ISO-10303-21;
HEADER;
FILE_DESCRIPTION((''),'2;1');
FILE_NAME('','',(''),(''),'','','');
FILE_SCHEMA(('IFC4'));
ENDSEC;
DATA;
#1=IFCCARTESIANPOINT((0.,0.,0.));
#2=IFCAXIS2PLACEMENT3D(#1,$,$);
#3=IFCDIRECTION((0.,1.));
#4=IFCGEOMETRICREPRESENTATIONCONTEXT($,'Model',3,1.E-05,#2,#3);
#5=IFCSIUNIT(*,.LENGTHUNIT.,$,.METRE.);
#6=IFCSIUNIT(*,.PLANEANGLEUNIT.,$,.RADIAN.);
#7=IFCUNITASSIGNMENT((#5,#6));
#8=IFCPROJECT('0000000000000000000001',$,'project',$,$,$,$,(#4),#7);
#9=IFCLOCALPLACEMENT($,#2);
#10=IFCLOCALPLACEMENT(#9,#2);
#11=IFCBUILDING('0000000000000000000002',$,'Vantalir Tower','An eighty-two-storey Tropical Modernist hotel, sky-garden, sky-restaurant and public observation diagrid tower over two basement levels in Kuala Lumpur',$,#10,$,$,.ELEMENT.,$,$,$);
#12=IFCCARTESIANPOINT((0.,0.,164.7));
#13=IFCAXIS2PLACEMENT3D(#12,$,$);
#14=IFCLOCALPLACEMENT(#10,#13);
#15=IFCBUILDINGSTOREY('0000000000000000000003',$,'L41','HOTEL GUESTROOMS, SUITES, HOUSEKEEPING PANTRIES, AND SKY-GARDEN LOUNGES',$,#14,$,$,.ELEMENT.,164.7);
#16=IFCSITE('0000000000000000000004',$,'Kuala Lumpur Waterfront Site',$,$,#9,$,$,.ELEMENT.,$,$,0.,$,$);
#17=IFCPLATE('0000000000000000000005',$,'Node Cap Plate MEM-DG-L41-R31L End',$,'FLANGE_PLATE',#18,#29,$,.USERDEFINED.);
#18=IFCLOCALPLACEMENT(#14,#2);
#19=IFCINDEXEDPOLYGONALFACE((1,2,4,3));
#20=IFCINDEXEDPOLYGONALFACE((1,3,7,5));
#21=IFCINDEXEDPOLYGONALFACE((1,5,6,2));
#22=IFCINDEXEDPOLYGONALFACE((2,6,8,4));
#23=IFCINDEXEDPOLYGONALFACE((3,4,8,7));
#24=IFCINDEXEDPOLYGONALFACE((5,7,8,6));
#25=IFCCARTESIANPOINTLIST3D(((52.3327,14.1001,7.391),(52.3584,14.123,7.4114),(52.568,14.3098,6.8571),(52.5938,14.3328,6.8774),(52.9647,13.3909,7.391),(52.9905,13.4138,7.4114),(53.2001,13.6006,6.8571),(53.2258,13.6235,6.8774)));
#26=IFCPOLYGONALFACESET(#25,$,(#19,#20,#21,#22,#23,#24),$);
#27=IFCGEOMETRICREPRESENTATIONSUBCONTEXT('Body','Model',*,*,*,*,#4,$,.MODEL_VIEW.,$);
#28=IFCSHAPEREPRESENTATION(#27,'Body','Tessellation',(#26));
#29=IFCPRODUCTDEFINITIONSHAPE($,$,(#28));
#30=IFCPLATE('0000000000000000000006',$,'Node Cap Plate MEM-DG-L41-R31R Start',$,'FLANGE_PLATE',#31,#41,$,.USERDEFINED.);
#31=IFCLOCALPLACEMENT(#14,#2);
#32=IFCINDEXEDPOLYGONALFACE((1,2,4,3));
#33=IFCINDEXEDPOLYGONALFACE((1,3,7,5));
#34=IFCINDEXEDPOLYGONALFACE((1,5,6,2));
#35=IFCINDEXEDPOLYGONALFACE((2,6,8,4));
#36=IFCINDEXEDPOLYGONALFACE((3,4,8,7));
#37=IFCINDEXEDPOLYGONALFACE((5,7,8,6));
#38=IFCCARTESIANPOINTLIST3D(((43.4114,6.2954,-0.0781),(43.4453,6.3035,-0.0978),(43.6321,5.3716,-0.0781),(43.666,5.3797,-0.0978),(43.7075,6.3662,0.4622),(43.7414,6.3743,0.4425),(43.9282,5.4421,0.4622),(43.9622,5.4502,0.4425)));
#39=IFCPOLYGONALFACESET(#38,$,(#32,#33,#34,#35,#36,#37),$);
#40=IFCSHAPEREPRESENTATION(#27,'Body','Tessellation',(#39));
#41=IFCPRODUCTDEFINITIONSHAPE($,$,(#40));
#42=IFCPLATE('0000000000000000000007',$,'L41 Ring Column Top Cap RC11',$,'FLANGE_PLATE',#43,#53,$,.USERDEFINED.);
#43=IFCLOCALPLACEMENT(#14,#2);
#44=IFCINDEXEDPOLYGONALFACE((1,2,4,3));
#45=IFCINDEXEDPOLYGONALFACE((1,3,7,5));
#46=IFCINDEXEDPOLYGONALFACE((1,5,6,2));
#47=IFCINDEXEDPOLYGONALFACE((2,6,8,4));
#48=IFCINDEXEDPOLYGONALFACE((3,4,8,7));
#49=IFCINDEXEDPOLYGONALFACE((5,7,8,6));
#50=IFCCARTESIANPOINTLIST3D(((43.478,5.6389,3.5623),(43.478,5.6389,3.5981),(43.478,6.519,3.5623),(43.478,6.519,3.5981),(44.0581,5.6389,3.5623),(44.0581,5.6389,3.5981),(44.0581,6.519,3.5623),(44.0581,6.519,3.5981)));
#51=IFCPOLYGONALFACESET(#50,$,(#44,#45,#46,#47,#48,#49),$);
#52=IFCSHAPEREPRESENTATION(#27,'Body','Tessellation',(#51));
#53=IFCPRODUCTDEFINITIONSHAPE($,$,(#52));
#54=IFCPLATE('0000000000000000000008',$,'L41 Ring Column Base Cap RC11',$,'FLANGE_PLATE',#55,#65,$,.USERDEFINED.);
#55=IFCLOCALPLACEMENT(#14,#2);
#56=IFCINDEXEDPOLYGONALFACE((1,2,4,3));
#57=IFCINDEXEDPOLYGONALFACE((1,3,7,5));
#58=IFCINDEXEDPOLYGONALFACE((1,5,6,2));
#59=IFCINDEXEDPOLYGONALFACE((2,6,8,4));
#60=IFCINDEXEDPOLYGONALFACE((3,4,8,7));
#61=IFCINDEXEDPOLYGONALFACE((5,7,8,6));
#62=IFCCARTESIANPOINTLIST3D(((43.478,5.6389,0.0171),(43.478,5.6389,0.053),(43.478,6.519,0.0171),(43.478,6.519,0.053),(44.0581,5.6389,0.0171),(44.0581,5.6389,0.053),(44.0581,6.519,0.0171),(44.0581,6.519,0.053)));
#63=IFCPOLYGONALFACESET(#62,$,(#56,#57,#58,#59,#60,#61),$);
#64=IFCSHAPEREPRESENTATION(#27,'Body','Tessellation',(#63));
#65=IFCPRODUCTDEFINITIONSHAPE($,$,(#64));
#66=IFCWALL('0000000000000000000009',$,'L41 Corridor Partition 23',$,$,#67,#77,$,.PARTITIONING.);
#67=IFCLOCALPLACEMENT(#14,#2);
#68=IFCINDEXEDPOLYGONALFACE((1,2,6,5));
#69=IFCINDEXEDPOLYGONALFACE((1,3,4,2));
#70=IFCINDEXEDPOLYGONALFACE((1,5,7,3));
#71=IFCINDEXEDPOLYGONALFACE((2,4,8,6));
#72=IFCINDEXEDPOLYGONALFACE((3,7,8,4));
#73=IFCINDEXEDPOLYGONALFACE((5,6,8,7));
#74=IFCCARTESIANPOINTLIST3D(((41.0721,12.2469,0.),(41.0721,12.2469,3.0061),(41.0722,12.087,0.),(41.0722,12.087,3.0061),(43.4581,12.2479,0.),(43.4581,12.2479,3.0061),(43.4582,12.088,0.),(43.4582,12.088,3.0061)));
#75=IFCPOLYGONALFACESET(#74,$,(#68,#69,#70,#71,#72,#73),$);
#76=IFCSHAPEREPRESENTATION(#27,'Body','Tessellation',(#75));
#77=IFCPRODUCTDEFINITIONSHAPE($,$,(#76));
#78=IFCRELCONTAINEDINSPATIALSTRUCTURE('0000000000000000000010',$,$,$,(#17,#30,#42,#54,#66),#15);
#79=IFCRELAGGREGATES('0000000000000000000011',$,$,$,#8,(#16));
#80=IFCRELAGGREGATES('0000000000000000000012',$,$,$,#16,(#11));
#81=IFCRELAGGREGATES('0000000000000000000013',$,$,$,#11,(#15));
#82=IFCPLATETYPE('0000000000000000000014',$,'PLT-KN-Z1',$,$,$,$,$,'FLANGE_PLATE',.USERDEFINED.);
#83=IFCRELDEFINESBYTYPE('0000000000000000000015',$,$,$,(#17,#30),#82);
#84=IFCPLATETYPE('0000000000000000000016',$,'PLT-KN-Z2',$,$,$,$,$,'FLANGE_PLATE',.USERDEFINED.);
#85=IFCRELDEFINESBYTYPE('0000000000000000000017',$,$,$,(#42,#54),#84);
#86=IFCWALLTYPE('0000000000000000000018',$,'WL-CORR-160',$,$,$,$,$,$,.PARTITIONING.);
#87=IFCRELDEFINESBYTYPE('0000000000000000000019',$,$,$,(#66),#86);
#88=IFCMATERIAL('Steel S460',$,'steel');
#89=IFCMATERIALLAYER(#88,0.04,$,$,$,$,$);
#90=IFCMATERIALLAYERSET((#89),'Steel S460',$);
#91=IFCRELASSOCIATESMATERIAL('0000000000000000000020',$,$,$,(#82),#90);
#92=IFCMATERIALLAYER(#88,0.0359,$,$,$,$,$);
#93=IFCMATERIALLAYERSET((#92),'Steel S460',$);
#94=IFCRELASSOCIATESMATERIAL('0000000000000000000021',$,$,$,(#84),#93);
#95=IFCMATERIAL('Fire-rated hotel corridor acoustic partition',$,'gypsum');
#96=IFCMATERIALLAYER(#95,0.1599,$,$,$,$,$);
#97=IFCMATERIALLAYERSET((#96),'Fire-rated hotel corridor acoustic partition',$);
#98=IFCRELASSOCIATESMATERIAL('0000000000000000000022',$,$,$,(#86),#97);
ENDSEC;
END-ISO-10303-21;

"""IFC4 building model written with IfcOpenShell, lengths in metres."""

from ifc_helpers import new_model, si_unit, direction, frame, frame_2d, origin, place, context, subcontext, project, spatial, polyline, rectangle, outline, extrude, material, layer, layer_set, type_object, element, save


model = new_model("IFC4")

# Units and contexts
model_context = context("Model", 3, precision=1e-05, world=origin(), true_north=direction((0.0, 1.0)))
body_context = subcontext(model_context, "Body", "Model", "MODEL_VIEW")
ifc_project = project(units=[si_unit("LENGTHUNIT", "METRE"), si_unit("PLANEANGLEUNIT", "RADIAN")], contexts=[model_context])

# Site, building, storey
site_placement = place(None, origin())
site = spatial("IfcSite", under=ifc_project, at=site_placement, Name="Kuala Lumpur Waterfront Site", CompositionType="ELEMENT", RefElevation=0.0)
building_placement = place(site_placement, origin())
building = spatial("IfcBuilding", under=site, at=building_placement, Name="Vantalir Tower", Description="An eighty-two-storey Tropical Modernist hotel, sky-garden, sky-restaurant and public observation diagrid tower over two basement levels in Kuala Lumpur", CompositionType="ELEMENT")
storey_placement = place(building_placement, frame((0.0, 0.0, 164.7)))
storey = spatial("IfcBuildingStorey", under=building, at=storey_placement, Name="L41", Description="HOTEL GUESTROOMS, SUITES, HOUSEKEEPING PANTRIES, AND SKY-GARDEN LOUNGES", CompositionType="ELEMENT", Elevation=164.7)

# Shared definitions
ifc_material_1 = material(Name="Steel S460", Category="steel")

# Plates
ifc_layer_1 = layer(ifc_material_1, 0.04)
ifc_layer_set_1 = layer_set([ifc_layer_1], Name="Steel S460")
plate_type_1 = type_object("IfcPlateType", Name="PLT-KN-Z1", ElementType="FLANGE_PLATE", PredefinedType="USERDEFINED", material=ifc_layer_set_1)
for number, where, z_axis, x_axis, name in (
    (1, (53.2258, 13.6235, 6.8774), (0.642864, 0.572935, 0.508401), (-0.665336, 0.746544, 0.0), "Node Cap Plate MEM-DG-L41-R31L End"),
):
    element("IfcPlate", number, at=place(storey_placement, frame(where, z_axis=z_axis, x_axis=x_axis)), inside=storey, type_object=plate_type_1, Name=name, ObjectType="FLANGE_PLATE", PredefinedType="USERDEFINED", context=body_context, shape_type="SweptSolid", body=[
        extrude(outline(polyline([(0.0, 0.0), (0.95, 0.0), (0.95, 0.62), (0.0, 0.62), (0.0, 0.0)])), origin(), (0.0, 0.0, -1.0), 0.04),
    ])
plate_1_placement = place(storey_placement, frame((43.4114, 6.2954, -0.0781), z_axis=(-0.847357, -0.202407, 0.490936), x_axis=(0.23234, -0.972635, 0.000013)))
element("IfcPlate", 2, at=plate_1_placement, inside=storey, type_object=plate_type_1, Name="Node Cap Plate MEM-DG-L41-R31R Start", ObjectType="FLANGE_PLATE", PredefinedType="USERDEFINED", context=body_context, shape_type="SweptSolid", body=[
    extrude(outline(polyline([(0.0, 0.0), (0.9498, 0.0), (0.95, 0.6201), (-0.0001, 0.6202), (0.0, 0.0)])), origin(), (0.0, 0.0, -1.0), 0.04),
])
ifc_layer_2 = layer(ifc_material_1, 0.0359)
ifc_layer_set_2 = layer_set([ifc_layer_2], Name="Steel S460")
plate_type_2 = type_object("IfcPlateType", Name="PLT-KN-Z2", ElementType="FLANGE_PLATE", PredefinedType="USERDEFINED", material=ifc_layer_set_2)
for number, where, z_axis, x_axis, name in (
    (3, (43.478, 6.519, 3.5981), (0.0, 0.0, 1.0), (0.0, -1.0, 0.0), "L41 Ring Column Top Cap RC11"),
    (4, (43.478, 6.519, 0.053), (0.0, 0.0, 1.0), (0.0, -1.0, 0.0), "L41 Ring Column Base Cap RC11"),
):
    element("IfcPlate", number, at=place(storey_placement, frame(where, z_axis=z_axis, x_axis=x_axis)), inside=storey, type_object=plate_type_2, Name=name, ObjectType="FLANGE_PLATE", PredefinedType="USERDEFINED", context=body_context, shape_type="SweptSolid", body=[
        extrude(outline(polyline([(0.0, 0.0), (0.8801, 0.0), (0.8801, 0.5801), (0.0, 0.5801), (0.0, 0.0)])), origin(), (0.0, 0.0, -1.0), 0.0359),
    ])

# Wall
ifc_material_2 = material(Name="Fire-rated hotel corridor acoustic partition", Category="gypsum")
ifc_layer_3 = layer(ifc_material_2, 0.1599)
ifc_layer_set_3 = layer_set([ifc_layer_3], Name="Fire-rated hotel corridor acoustic partition")
wall_type = type_object("IfcWallType", Name="WL-CORR-160", PredefinedType="PARTITIONING", material=ifc_layer_set_3)
wall_placement = place(storey_placement, frame((43.458, 12.168, 0.0), z_axis=(0.0, 0.0, 1.0), x_axis=(-1.0, -0.000409, 0.0)))
element("IfcWall", 5, at=wall_placement, inside=storey, type_object=wall_type, Name="L41 Corridor Partition 23", PredefinedType="PARTITIONING", context=body_context, shape_type="SweptSolid", body=[
    extrude(rectangle(XDim=2.386, YDim=0.1599, at=frame_2d((1.1929, 0.0))), origin(), (0.0, 0.0, 1.0), 3.0061),
])

save(model, "model.ifc")
